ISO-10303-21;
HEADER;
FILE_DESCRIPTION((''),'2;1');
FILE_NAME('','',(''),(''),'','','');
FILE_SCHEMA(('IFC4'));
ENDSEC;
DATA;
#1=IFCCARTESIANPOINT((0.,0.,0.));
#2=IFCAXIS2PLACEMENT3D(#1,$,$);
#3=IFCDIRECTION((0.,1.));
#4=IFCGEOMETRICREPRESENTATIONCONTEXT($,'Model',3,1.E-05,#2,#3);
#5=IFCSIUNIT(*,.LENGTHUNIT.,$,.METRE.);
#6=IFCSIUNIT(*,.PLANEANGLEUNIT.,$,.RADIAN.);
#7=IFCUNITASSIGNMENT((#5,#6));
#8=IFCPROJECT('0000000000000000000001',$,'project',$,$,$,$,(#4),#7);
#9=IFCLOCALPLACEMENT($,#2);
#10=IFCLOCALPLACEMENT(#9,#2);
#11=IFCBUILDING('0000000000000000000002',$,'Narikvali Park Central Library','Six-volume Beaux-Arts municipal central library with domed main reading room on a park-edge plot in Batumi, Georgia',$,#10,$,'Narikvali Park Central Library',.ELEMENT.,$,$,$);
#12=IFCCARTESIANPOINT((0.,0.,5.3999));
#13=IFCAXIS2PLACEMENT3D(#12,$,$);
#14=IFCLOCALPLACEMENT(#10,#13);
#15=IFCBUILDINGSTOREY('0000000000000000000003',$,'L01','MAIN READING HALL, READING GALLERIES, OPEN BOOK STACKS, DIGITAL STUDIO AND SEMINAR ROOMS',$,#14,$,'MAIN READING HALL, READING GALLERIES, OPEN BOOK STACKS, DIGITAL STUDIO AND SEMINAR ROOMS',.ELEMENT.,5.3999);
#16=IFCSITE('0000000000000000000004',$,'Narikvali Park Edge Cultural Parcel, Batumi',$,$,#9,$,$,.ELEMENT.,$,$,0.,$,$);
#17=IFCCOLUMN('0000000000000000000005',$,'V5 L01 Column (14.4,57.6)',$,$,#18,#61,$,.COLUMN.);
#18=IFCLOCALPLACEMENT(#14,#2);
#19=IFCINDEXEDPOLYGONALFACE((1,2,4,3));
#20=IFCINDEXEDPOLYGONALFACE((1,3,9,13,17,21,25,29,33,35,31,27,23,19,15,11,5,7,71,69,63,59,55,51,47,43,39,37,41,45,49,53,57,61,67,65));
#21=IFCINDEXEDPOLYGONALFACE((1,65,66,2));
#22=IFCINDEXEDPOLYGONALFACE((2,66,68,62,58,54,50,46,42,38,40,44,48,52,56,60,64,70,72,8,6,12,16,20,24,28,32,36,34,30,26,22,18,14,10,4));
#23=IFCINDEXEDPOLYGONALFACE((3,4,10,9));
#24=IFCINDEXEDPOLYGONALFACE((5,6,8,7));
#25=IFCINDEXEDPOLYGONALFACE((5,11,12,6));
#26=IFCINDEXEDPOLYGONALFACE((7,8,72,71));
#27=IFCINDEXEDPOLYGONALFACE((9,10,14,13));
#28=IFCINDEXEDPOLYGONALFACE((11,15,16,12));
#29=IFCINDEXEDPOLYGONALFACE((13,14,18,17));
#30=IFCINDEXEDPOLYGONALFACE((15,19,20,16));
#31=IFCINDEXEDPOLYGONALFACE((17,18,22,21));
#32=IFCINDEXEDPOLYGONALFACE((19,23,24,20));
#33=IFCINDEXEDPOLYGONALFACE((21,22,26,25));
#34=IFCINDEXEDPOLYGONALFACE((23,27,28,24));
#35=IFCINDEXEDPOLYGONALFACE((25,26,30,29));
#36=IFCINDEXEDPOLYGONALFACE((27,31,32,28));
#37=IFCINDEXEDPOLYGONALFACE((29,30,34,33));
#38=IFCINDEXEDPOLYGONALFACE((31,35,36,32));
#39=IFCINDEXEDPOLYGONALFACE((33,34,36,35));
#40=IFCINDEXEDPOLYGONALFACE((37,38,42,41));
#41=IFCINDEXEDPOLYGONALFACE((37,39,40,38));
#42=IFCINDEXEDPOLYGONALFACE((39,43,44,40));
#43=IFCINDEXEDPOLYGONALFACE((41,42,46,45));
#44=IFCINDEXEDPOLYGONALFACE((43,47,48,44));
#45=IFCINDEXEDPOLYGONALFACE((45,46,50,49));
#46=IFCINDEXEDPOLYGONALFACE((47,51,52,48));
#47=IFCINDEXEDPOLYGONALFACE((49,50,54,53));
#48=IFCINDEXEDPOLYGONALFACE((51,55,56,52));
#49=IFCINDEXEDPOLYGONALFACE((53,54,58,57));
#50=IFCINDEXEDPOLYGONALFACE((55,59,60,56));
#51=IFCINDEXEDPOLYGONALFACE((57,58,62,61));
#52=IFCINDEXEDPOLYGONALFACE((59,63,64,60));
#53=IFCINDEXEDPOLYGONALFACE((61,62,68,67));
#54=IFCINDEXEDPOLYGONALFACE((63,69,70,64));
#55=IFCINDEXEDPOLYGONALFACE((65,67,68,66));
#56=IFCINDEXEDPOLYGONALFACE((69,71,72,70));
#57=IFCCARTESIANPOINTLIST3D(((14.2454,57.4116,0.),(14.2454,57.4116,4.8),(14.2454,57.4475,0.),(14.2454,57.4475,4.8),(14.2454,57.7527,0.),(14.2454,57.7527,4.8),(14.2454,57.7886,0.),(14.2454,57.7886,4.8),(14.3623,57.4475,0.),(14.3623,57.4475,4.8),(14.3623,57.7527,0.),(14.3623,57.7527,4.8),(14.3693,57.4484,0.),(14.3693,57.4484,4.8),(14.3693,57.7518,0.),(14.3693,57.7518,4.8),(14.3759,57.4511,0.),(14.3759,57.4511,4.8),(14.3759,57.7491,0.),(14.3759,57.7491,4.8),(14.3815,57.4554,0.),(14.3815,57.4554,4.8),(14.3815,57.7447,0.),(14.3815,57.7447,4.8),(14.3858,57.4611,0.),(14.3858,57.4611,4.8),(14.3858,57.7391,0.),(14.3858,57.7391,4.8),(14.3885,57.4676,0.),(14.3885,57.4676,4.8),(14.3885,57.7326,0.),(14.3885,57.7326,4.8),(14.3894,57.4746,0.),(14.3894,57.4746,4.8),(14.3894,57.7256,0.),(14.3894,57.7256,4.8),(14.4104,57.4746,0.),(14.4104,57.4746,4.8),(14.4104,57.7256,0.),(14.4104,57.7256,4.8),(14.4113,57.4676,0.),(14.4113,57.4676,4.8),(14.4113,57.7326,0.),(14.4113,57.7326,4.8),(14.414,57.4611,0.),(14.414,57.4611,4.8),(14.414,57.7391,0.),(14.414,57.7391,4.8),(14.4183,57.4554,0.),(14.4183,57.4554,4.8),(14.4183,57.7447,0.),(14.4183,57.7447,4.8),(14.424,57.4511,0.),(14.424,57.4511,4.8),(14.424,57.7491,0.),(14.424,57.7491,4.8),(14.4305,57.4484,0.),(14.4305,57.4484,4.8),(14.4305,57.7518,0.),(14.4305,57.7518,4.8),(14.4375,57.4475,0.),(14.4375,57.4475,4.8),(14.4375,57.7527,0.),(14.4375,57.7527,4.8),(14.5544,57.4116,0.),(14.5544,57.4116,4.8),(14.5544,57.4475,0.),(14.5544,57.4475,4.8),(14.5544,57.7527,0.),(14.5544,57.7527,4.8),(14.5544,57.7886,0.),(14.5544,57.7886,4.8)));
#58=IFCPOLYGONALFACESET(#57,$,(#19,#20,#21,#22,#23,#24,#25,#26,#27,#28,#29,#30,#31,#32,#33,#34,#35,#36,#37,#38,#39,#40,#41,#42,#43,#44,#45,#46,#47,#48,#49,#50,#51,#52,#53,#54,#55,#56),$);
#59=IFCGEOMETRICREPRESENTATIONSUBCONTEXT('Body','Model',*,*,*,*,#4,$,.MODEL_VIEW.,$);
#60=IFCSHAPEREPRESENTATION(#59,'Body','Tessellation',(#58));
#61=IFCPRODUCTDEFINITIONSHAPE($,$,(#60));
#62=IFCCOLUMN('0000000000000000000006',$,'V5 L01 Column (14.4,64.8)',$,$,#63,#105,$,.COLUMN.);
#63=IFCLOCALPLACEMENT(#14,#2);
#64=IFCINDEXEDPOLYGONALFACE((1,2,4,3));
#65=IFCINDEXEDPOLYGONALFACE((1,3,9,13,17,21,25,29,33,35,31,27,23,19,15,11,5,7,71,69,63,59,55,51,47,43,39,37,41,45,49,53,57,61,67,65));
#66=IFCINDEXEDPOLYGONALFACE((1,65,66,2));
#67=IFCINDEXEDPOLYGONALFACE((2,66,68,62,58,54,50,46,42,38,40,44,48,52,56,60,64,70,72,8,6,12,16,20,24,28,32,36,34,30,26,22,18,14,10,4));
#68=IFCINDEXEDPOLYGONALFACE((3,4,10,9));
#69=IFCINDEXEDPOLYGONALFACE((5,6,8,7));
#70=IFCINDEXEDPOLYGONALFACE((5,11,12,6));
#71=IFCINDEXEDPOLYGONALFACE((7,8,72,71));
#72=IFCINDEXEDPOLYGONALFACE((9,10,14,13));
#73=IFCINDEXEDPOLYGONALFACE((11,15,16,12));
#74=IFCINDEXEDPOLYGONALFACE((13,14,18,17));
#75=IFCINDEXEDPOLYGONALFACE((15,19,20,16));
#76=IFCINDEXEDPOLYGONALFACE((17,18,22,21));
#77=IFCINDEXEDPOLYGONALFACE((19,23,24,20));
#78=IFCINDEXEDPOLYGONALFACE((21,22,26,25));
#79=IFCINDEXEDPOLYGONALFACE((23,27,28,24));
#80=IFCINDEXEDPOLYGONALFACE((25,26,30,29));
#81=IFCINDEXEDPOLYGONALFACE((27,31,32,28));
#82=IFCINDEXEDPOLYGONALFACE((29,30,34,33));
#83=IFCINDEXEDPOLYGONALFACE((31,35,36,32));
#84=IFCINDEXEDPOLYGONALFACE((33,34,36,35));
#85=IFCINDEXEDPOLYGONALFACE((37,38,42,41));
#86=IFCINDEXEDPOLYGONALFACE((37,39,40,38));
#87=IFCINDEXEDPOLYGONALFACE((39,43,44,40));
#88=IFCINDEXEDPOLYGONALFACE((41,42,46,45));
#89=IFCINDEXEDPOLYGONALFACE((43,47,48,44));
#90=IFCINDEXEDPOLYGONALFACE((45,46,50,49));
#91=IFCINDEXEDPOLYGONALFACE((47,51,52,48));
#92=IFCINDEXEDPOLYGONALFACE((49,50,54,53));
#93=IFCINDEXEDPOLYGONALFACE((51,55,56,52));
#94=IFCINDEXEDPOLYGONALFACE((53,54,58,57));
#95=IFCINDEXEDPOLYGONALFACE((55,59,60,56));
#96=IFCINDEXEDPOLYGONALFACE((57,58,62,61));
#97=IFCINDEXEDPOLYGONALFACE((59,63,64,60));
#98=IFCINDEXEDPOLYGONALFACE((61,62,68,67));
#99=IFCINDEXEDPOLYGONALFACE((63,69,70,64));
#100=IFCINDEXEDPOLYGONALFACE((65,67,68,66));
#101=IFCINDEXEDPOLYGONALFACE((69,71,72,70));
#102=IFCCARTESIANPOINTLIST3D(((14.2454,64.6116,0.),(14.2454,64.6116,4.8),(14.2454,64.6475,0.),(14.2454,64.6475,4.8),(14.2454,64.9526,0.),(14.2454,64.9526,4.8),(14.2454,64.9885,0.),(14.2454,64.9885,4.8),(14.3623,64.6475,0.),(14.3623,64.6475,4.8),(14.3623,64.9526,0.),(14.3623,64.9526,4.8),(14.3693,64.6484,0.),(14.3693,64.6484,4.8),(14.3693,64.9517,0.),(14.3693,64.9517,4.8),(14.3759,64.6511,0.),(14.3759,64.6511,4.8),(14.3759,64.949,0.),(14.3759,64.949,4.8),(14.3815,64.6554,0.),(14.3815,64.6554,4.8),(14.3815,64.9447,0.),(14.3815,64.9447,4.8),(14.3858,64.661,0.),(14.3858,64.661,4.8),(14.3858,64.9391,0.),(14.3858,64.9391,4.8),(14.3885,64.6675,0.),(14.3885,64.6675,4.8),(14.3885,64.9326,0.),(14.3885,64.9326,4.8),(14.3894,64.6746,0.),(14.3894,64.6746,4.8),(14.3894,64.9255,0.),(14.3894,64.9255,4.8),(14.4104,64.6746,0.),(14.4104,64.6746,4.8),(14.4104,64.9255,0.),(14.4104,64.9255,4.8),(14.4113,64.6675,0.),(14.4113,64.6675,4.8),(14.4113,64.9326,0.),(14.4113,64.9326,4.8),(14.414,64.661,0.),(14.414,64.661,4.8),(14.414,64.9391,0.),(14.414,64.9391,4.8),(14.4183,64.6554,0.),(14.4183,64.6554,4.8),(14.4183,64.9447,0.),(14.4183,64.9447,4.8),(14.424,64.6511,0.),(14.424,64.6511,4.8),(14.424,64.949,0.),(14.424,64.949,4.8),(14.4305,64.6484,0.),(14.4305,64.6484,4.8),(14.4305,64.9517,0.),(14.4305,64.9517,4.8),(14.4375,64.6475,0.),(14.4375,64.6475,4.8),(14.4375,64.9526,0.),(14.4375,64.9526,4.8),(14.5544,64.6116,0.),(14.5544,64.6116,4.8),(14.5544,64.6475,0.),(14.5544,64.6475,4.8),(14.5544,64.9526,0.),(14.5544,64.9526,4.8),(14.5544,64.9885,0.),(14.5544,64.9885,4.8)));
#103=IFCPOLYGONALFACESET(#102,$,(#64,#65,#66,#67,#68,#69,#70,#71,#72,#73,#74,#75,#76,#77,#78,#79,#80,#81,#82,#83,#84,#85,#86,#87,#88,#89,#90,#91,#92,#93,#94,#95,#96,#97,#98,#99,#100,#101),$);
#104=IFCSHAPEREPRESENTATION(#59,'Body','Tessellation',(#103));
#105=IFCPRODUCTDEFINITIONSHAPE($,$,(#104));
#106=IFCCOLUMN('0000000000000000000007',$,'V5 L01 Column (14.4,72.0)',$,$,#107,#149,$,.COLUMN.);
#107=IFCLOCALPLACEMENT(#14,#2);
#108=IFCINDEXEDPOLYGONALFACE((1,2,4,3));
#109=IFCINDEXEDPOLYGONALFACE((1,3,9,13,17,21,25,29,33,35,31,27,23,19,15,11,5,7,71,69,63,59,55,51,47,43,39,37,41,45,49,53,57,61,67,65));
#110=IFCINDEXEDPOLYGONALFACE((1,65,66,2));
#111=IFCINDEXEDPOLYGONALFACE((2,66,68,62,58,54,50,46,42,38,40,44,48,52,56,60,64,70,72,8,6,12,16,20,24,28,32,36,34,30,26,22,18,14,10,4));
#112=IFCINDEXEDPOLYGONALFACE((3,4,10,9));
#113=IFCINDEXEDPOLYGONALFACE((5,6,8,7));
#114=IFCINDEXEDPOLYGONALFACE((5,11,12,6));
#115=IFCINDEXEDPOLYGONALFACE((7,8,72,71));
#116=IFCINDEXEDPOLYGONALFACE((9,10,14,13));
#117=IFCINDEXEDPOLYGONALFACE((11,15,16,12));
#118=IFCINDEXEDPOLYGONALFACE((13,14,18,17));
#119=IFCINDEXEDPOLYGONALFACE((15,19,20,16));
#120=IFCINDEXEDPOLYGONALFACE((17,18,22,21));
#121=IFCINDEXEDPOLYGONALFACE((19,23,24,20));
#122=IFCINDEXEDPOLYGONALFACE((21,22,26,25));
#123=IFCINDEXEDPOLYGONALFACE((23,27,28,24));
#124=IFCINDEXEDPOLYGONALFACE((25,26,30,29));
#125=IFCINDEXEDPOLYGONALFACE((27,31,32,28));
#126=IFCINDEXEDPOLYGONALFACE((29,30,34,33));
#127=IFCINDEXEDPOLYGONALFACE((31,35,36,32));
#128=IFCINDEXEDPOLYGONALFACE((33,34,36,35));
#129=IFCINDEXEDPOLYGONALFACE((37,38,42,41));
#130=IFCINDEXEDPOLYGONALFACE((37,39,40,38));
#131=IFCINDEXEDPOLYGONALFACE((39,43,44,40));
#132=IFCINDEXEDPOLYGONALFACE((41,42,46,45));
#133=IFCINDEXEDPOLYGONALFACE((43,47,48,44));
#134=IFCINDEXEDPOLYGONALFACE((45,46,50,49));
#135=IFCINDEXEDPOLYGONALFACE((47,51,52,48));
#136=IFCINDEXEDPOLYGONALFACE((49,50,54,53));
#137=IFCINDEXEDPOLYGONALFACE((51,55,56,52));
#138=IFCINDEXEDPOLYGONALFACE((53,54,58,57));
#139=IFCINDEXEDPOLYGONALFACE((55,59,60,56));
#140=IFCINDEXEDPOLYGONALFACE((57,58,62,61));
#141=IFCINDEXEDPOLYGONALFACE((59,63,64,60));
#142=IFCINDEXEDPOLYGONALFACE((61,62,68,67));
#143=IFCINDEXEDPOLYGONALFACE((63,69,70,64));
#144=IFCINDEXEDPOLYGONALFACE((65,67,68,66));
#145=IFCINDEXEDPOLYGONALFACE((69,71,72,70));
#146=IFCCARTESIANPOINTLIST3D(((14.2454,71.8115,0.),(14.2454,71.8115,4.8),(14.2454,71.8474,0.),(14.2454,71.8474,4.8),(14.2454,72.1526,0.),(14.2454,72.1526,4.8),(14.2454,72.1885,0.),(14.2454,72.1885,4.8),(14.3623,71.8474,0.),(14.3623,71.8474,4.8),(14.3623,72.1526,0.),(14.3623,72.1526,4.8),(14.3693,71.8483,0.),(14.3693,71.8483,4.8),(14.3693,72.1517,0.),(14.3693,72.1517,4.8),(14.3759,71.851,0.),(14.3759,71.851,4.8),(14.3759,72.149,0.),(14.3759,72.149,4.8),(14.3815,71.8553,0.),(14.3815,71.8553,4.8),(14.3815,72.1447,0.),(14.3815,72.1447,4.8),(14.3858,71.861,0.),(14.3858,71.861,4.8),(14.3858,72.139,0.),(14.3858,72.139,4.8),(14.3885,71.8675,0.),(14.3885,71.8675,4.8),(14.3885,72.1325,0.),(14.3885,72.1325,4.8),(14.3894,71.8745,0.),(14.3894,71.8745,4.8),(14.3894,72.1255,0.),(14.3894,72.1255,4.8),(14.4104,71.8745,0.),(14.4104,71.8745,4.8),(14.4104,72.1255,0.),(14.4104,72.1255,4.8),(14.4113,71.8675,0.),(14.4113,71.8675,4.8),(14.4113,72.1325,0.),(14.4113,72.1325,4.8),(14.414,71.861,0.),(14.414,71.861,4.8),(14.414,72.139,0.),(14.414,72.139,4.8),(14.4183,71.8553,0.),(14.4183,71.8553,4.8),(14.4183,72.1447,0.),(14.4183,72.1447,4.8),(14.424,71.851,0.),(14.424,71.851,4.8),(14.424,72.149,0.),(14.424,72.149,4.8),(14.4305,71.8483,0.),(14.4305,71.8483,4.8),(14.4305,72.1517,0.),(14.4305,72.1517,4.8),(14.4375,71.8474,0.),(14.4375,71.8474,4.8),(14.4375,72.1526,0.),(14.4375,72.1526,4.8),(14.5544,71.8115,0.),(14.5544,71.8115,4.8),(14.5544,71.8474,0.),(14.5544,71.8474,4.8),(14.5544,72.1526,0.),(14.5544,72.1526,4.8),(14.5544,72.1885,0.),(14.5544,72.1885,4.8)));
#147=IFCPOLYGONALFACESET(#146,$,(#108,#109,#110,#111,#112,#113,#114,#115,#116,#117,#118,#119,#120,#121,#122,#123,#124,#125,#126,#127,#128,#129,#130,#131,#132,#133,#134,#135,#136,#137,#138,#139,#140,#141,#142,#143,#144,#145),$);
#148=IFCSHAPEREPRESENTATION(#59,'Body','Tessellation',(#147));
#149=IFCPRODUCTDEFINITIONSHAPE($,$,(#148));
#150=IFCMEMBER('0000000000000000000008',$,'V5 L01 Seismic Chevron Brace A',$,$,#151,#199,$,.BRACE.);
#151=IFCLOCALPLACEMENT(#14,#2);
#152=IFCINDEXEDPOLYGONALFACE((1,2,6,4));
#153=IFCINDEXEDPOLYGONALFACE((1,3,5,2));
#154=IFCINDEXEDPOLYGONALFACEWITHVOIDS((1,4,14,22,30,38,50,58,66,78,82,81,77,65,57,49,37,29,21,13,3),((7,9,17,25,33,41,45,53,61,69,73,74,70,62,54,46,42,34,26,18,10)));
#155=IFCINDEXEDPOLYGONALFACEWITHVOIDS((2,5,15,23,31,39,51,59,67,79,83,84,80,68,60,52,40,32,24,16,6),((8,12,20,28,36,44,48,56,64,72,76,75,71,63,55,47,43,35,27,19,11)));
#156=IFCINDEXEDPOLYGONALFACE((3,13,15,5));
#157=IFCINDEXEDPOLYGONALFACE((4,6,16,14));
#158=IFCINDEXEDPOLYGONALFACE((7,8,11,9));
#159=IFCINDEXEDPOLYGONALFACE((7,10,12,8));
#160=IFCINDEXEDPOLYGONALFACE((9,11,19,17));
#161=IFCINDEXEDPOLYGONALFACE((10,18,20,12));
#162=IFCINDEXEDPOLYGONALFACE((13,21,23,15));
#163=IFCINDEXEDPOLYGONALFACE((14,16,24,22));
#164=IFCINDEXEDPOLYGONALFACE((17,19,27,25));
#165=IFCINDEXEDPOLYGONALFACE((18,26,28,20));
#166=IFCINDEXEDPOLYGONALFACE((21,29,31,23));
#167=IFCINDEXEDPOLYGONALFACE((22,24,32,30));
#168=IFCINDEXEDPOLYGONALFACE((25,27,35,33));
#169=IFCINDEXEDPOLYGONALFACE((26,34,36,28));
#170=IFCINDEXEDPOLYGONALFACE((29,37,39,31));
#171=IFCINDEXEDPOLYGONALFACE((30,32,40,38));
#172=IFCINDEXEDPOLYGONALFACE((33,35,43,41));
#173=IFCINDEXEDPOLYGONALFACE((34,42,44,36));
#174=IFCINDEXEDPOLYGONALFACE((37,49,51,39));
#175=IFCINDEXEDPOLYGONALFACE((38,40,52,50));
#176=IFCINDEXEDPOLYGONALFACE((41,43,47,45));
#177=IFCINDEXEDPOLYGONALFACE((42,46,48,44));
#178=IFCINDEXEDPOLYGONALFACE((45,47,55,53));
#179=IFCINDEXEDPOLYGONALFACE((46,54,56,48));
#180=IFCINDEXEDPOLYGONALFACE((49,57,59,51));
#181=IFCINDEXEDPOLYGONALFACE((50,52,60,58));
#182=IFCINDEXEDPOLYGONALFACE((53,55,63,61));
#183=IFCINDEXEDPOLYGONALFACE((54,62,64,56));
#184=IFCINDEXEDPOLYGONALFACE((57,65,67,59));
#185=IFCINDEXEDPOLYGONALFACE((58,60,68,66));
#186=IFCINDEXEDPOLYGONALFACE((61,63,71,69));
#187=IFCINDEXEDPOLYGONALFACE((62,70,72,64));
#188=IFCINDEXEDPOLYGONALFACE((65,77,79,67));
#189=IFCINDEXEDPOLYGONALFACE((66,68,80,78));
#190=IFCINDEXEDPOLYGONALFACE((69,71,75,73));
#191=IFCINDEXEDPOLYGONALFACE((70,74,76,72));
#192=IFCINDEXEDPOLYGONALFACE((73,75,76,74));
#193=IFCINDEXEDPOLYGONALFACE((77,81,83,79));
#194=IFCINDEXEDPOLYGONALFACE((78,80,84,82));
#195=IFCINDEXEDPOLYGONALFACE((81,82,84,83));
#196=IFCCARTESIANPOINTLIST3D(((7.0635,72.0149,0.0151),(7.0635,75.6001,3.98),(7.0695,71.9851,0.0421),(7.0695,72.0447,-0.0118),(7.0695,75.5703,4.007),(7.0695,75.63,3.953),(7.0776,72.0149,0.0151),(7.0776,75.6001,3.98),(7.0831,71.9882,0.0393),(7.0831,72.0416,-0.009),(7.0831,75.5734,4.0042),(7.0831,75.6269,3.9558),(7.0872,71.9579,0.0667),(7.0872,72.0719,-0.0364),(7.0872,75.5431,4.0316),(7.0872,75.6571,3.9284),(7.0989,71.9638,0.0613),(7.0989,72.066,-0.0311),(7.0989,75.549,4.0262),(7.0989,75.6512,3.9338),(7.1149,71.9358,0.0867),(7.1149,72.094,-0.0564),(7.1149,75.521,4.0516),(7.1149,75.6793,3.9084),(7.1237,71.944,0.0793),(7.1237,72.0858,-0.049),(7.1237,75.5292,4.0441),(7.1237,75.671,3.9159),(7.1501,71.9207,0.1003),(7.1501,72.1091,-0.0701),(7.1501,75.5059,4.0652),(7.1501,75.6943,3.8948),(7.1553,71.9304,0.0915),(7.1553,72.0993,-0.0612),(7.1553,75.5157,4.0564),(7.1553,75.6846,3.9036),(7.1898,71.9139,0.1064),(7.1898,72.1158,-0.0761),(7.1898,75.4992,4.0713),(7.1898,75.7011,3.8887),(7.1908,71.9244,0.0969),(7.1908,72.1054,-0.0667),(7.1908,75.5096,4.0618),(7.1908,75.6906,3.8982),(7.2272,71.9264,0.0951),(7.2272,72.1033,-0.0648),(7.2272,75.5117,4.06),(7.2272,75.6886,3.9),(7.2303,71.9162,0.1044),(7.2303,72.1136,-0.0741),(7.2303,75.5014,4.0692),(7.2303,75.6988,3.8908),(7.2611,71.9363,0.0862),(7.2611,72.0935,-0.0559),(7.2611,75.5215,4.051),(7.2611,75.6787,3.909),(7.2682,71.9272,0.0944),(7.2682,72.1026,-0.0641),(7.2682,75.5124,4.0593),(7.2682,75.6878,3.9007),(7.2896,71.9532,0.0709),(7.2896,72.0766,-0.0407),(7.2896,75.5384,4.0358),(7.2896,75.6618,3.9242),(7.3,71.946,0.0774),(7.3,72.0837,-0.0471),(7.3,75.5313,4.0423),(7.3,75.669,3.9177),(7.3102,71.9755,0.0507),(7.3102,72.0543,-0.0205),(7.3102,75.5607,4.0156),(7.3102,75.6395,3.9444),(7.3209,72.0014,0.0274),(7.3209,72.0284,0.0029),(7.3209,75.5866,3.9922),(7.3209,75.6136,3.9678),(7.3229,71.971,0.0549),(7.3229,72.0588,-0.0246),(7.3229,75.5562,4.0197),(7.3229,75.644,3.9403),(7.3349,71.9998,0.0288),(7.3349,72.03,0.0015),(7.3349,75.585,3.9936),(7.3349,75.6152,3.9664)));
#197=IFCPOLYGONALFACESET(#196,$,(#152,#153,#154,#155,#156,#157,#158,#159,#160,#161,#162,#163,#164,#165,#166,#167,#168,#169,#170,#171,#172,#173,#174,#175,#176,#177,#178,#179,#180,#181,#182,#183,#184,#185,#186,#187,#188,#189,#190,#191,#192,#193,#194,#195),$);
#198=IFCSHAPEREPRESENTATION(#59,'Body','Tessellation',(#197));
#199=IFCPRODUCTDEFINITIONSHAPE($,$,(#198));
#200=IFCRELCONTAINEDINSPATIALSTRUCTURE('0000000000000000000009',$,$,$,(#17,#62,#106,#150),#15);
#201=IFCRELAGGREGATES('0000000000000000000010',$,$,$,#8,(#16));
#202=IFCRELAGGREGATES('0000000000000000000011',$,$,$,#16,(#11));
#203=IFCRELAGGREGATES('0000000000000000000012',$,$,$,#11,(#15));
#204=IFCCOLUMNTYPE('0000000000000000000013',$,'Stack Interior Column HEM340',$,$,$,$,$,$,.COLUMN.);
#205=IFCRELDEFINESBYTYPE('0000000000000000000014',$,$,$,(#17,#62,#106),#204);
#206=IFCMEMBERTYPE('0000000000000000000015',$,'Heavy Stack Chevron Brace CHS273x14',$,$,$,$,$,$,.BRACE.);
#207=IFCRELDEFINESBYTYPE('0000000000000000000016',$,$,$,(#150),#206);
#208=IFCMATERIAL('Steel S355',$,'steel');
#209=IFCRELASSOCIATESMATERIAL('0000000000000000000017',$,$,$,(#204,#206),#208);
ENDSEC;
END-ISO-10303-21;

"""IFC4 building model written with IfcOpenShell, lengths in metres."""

from ifc_helpers import new_model, si_unit, direction, frame, origin, origin_2d, place, context, subcontext, project, spatial, hollow_circle, i_section, extrude, material, material_profile, profile_set, type_object, element, save


model = new_model("IFC4")

# Units and contexts
model_context = context("Model", 3, precision=1e-05, world=origin(), true_north=direction((0.0, 1.0)))
body_context = subcontext(model_context, "Body", "Model", "MODEL_VIEW")
ifc_project = project(units=[si_unit("LENGTHUNIT", "METRE"), si_unit("PLANEANGLEUNIT", "RADIAN")], contexts=[model_context])

# Site, building, storey
site_placement = place(None, origin())
site = spatial("IfcSite", under=ifc_project, at=site_placement, Name="Narikvali Park Edge Cultural Parcel, Batumi", CompositionType="ELEMENT", RefElevation=0.0)
building_placement = place(site_placement, origin())
building = spatial("IfcBuilding", under=site, at=building_placement, Name="Narikvali Park Central Library", Description="Six-volume Beaux-Arts municipal central library with domed main reading room on a park-edge plot in Batumi, Georgia", LongName="Narikvali Park Central Library", CompositionType="ELEMENT")
storey_placement = place(building_placement, frame((0.0, 0.0, 5.3999)))
storey = spatial("IfcBuildingStorey", under=building, at=storey_placement, Name="L01", Description="MAIN READING HALL, READING GALLERIES, OPEN BOOK STACKS, DIGITAL STUDIO AND SEMINAR ROOMS", LongName="MAIN READING HALL, READING GALLERIES, OPEN BOOK STACKS, DIGITAL STUDIO AND SEMINAR ROOMS", CompositionType="ELEMENT", Elevation=5.3999)

# Columns
ifc_material_1 = material(Name="Steel S355", Category="steel")
ifc_material_profile_1 = material_profile(ifc_material_1, i_section(OverallWidth=0.3091, OverallDepth=0.377, WebThickness=0.021, FlangeThickness=0.0359, FilletRadius=0.0271, at=origin_2d()), Name="HEM 340")
ifc_profile_set_1 = profile_set([ifc_material_profile_1], Name="Steel S355")
column_type = type_object("IfcColumnType", Name="Stack Interior Column HEM340", PredefinedType="COLUMN", material=ifc_profile_set_1)
for number, where, z_axis, x_axis, name in (
    (1, (14.3999, 57.6001, 0.0), (0.0, 0.0, 1.0), (1.0, 0.0, 0.0), "V5 L01 Column (14.4,57.6)"),
    (2, (14.3999, 64.8, 0.0), (0.0, 0.0, 1.0), (1.0, 0.0, 0.0), "V5 L01 Column (14.4,64.8)"),
    (3, (14.3999, 72.0, 0.0), (0.0, 0.0, 1.0), (1.0, 0.0, 0.0), "V5 L01 Column (14.4,72.0)"),
):
    element("IfcColumn", number, at=place(storey_placement, frame(where, z_axis=z_axis, x_axis=x_axis)), inside=storey, type_object=column_type, Name=name, PredefinedType="COLUMN", context=body_context, shape_type="SweptSolid", body=[
        extrude(i_section(OverallWidth=0.3091, OverallDepth=0.377, WebThickness=0.021, FlangeThickness=0.0359, FilletRadius=0.0271, at=origin_2d()), origin(), (0.0, 0.0, 1.0), 4.8),
    ])

# Member
ifc_material_profile_2 = material_profile(ifc_material_1, hollow_circle(Radius=0.1365, WallThickness=0.0142, at=origin_2d()), Name="CHS 273x14.2")
ifc_profile_set_2 = profile_set([ifc_material_profile_2], Name="Steel S355")
member_type = type_object("IfcMemberType", Name="Heavy Stack Chevron Brace CHS273x14", PredefinedType="BRACE", material=ifc_profile_set_2)
member_placement = place(storey_placement, frame((7.2, 72.0149, 0.0151), z_axis=(0.0, 0.670704, 0.741725), x_axis=(-1.0, 0.0, 0.0)))
element("IfcMember", 4, at=member_placement, inside=storey, type_object=member_type, Name="V5 L01 Seismic Chevron Brace A", PredefinedType="BRACE", context=body_context, shape_type="SweptSolid", body=[
    extrude(hollow_circle(Radius=0.1365, WallThickness=0.0142, at=origin_2d()), origin(), (0.0, 0.0, 1.0), 5.3455),
])

save(model, "model.ifc")
